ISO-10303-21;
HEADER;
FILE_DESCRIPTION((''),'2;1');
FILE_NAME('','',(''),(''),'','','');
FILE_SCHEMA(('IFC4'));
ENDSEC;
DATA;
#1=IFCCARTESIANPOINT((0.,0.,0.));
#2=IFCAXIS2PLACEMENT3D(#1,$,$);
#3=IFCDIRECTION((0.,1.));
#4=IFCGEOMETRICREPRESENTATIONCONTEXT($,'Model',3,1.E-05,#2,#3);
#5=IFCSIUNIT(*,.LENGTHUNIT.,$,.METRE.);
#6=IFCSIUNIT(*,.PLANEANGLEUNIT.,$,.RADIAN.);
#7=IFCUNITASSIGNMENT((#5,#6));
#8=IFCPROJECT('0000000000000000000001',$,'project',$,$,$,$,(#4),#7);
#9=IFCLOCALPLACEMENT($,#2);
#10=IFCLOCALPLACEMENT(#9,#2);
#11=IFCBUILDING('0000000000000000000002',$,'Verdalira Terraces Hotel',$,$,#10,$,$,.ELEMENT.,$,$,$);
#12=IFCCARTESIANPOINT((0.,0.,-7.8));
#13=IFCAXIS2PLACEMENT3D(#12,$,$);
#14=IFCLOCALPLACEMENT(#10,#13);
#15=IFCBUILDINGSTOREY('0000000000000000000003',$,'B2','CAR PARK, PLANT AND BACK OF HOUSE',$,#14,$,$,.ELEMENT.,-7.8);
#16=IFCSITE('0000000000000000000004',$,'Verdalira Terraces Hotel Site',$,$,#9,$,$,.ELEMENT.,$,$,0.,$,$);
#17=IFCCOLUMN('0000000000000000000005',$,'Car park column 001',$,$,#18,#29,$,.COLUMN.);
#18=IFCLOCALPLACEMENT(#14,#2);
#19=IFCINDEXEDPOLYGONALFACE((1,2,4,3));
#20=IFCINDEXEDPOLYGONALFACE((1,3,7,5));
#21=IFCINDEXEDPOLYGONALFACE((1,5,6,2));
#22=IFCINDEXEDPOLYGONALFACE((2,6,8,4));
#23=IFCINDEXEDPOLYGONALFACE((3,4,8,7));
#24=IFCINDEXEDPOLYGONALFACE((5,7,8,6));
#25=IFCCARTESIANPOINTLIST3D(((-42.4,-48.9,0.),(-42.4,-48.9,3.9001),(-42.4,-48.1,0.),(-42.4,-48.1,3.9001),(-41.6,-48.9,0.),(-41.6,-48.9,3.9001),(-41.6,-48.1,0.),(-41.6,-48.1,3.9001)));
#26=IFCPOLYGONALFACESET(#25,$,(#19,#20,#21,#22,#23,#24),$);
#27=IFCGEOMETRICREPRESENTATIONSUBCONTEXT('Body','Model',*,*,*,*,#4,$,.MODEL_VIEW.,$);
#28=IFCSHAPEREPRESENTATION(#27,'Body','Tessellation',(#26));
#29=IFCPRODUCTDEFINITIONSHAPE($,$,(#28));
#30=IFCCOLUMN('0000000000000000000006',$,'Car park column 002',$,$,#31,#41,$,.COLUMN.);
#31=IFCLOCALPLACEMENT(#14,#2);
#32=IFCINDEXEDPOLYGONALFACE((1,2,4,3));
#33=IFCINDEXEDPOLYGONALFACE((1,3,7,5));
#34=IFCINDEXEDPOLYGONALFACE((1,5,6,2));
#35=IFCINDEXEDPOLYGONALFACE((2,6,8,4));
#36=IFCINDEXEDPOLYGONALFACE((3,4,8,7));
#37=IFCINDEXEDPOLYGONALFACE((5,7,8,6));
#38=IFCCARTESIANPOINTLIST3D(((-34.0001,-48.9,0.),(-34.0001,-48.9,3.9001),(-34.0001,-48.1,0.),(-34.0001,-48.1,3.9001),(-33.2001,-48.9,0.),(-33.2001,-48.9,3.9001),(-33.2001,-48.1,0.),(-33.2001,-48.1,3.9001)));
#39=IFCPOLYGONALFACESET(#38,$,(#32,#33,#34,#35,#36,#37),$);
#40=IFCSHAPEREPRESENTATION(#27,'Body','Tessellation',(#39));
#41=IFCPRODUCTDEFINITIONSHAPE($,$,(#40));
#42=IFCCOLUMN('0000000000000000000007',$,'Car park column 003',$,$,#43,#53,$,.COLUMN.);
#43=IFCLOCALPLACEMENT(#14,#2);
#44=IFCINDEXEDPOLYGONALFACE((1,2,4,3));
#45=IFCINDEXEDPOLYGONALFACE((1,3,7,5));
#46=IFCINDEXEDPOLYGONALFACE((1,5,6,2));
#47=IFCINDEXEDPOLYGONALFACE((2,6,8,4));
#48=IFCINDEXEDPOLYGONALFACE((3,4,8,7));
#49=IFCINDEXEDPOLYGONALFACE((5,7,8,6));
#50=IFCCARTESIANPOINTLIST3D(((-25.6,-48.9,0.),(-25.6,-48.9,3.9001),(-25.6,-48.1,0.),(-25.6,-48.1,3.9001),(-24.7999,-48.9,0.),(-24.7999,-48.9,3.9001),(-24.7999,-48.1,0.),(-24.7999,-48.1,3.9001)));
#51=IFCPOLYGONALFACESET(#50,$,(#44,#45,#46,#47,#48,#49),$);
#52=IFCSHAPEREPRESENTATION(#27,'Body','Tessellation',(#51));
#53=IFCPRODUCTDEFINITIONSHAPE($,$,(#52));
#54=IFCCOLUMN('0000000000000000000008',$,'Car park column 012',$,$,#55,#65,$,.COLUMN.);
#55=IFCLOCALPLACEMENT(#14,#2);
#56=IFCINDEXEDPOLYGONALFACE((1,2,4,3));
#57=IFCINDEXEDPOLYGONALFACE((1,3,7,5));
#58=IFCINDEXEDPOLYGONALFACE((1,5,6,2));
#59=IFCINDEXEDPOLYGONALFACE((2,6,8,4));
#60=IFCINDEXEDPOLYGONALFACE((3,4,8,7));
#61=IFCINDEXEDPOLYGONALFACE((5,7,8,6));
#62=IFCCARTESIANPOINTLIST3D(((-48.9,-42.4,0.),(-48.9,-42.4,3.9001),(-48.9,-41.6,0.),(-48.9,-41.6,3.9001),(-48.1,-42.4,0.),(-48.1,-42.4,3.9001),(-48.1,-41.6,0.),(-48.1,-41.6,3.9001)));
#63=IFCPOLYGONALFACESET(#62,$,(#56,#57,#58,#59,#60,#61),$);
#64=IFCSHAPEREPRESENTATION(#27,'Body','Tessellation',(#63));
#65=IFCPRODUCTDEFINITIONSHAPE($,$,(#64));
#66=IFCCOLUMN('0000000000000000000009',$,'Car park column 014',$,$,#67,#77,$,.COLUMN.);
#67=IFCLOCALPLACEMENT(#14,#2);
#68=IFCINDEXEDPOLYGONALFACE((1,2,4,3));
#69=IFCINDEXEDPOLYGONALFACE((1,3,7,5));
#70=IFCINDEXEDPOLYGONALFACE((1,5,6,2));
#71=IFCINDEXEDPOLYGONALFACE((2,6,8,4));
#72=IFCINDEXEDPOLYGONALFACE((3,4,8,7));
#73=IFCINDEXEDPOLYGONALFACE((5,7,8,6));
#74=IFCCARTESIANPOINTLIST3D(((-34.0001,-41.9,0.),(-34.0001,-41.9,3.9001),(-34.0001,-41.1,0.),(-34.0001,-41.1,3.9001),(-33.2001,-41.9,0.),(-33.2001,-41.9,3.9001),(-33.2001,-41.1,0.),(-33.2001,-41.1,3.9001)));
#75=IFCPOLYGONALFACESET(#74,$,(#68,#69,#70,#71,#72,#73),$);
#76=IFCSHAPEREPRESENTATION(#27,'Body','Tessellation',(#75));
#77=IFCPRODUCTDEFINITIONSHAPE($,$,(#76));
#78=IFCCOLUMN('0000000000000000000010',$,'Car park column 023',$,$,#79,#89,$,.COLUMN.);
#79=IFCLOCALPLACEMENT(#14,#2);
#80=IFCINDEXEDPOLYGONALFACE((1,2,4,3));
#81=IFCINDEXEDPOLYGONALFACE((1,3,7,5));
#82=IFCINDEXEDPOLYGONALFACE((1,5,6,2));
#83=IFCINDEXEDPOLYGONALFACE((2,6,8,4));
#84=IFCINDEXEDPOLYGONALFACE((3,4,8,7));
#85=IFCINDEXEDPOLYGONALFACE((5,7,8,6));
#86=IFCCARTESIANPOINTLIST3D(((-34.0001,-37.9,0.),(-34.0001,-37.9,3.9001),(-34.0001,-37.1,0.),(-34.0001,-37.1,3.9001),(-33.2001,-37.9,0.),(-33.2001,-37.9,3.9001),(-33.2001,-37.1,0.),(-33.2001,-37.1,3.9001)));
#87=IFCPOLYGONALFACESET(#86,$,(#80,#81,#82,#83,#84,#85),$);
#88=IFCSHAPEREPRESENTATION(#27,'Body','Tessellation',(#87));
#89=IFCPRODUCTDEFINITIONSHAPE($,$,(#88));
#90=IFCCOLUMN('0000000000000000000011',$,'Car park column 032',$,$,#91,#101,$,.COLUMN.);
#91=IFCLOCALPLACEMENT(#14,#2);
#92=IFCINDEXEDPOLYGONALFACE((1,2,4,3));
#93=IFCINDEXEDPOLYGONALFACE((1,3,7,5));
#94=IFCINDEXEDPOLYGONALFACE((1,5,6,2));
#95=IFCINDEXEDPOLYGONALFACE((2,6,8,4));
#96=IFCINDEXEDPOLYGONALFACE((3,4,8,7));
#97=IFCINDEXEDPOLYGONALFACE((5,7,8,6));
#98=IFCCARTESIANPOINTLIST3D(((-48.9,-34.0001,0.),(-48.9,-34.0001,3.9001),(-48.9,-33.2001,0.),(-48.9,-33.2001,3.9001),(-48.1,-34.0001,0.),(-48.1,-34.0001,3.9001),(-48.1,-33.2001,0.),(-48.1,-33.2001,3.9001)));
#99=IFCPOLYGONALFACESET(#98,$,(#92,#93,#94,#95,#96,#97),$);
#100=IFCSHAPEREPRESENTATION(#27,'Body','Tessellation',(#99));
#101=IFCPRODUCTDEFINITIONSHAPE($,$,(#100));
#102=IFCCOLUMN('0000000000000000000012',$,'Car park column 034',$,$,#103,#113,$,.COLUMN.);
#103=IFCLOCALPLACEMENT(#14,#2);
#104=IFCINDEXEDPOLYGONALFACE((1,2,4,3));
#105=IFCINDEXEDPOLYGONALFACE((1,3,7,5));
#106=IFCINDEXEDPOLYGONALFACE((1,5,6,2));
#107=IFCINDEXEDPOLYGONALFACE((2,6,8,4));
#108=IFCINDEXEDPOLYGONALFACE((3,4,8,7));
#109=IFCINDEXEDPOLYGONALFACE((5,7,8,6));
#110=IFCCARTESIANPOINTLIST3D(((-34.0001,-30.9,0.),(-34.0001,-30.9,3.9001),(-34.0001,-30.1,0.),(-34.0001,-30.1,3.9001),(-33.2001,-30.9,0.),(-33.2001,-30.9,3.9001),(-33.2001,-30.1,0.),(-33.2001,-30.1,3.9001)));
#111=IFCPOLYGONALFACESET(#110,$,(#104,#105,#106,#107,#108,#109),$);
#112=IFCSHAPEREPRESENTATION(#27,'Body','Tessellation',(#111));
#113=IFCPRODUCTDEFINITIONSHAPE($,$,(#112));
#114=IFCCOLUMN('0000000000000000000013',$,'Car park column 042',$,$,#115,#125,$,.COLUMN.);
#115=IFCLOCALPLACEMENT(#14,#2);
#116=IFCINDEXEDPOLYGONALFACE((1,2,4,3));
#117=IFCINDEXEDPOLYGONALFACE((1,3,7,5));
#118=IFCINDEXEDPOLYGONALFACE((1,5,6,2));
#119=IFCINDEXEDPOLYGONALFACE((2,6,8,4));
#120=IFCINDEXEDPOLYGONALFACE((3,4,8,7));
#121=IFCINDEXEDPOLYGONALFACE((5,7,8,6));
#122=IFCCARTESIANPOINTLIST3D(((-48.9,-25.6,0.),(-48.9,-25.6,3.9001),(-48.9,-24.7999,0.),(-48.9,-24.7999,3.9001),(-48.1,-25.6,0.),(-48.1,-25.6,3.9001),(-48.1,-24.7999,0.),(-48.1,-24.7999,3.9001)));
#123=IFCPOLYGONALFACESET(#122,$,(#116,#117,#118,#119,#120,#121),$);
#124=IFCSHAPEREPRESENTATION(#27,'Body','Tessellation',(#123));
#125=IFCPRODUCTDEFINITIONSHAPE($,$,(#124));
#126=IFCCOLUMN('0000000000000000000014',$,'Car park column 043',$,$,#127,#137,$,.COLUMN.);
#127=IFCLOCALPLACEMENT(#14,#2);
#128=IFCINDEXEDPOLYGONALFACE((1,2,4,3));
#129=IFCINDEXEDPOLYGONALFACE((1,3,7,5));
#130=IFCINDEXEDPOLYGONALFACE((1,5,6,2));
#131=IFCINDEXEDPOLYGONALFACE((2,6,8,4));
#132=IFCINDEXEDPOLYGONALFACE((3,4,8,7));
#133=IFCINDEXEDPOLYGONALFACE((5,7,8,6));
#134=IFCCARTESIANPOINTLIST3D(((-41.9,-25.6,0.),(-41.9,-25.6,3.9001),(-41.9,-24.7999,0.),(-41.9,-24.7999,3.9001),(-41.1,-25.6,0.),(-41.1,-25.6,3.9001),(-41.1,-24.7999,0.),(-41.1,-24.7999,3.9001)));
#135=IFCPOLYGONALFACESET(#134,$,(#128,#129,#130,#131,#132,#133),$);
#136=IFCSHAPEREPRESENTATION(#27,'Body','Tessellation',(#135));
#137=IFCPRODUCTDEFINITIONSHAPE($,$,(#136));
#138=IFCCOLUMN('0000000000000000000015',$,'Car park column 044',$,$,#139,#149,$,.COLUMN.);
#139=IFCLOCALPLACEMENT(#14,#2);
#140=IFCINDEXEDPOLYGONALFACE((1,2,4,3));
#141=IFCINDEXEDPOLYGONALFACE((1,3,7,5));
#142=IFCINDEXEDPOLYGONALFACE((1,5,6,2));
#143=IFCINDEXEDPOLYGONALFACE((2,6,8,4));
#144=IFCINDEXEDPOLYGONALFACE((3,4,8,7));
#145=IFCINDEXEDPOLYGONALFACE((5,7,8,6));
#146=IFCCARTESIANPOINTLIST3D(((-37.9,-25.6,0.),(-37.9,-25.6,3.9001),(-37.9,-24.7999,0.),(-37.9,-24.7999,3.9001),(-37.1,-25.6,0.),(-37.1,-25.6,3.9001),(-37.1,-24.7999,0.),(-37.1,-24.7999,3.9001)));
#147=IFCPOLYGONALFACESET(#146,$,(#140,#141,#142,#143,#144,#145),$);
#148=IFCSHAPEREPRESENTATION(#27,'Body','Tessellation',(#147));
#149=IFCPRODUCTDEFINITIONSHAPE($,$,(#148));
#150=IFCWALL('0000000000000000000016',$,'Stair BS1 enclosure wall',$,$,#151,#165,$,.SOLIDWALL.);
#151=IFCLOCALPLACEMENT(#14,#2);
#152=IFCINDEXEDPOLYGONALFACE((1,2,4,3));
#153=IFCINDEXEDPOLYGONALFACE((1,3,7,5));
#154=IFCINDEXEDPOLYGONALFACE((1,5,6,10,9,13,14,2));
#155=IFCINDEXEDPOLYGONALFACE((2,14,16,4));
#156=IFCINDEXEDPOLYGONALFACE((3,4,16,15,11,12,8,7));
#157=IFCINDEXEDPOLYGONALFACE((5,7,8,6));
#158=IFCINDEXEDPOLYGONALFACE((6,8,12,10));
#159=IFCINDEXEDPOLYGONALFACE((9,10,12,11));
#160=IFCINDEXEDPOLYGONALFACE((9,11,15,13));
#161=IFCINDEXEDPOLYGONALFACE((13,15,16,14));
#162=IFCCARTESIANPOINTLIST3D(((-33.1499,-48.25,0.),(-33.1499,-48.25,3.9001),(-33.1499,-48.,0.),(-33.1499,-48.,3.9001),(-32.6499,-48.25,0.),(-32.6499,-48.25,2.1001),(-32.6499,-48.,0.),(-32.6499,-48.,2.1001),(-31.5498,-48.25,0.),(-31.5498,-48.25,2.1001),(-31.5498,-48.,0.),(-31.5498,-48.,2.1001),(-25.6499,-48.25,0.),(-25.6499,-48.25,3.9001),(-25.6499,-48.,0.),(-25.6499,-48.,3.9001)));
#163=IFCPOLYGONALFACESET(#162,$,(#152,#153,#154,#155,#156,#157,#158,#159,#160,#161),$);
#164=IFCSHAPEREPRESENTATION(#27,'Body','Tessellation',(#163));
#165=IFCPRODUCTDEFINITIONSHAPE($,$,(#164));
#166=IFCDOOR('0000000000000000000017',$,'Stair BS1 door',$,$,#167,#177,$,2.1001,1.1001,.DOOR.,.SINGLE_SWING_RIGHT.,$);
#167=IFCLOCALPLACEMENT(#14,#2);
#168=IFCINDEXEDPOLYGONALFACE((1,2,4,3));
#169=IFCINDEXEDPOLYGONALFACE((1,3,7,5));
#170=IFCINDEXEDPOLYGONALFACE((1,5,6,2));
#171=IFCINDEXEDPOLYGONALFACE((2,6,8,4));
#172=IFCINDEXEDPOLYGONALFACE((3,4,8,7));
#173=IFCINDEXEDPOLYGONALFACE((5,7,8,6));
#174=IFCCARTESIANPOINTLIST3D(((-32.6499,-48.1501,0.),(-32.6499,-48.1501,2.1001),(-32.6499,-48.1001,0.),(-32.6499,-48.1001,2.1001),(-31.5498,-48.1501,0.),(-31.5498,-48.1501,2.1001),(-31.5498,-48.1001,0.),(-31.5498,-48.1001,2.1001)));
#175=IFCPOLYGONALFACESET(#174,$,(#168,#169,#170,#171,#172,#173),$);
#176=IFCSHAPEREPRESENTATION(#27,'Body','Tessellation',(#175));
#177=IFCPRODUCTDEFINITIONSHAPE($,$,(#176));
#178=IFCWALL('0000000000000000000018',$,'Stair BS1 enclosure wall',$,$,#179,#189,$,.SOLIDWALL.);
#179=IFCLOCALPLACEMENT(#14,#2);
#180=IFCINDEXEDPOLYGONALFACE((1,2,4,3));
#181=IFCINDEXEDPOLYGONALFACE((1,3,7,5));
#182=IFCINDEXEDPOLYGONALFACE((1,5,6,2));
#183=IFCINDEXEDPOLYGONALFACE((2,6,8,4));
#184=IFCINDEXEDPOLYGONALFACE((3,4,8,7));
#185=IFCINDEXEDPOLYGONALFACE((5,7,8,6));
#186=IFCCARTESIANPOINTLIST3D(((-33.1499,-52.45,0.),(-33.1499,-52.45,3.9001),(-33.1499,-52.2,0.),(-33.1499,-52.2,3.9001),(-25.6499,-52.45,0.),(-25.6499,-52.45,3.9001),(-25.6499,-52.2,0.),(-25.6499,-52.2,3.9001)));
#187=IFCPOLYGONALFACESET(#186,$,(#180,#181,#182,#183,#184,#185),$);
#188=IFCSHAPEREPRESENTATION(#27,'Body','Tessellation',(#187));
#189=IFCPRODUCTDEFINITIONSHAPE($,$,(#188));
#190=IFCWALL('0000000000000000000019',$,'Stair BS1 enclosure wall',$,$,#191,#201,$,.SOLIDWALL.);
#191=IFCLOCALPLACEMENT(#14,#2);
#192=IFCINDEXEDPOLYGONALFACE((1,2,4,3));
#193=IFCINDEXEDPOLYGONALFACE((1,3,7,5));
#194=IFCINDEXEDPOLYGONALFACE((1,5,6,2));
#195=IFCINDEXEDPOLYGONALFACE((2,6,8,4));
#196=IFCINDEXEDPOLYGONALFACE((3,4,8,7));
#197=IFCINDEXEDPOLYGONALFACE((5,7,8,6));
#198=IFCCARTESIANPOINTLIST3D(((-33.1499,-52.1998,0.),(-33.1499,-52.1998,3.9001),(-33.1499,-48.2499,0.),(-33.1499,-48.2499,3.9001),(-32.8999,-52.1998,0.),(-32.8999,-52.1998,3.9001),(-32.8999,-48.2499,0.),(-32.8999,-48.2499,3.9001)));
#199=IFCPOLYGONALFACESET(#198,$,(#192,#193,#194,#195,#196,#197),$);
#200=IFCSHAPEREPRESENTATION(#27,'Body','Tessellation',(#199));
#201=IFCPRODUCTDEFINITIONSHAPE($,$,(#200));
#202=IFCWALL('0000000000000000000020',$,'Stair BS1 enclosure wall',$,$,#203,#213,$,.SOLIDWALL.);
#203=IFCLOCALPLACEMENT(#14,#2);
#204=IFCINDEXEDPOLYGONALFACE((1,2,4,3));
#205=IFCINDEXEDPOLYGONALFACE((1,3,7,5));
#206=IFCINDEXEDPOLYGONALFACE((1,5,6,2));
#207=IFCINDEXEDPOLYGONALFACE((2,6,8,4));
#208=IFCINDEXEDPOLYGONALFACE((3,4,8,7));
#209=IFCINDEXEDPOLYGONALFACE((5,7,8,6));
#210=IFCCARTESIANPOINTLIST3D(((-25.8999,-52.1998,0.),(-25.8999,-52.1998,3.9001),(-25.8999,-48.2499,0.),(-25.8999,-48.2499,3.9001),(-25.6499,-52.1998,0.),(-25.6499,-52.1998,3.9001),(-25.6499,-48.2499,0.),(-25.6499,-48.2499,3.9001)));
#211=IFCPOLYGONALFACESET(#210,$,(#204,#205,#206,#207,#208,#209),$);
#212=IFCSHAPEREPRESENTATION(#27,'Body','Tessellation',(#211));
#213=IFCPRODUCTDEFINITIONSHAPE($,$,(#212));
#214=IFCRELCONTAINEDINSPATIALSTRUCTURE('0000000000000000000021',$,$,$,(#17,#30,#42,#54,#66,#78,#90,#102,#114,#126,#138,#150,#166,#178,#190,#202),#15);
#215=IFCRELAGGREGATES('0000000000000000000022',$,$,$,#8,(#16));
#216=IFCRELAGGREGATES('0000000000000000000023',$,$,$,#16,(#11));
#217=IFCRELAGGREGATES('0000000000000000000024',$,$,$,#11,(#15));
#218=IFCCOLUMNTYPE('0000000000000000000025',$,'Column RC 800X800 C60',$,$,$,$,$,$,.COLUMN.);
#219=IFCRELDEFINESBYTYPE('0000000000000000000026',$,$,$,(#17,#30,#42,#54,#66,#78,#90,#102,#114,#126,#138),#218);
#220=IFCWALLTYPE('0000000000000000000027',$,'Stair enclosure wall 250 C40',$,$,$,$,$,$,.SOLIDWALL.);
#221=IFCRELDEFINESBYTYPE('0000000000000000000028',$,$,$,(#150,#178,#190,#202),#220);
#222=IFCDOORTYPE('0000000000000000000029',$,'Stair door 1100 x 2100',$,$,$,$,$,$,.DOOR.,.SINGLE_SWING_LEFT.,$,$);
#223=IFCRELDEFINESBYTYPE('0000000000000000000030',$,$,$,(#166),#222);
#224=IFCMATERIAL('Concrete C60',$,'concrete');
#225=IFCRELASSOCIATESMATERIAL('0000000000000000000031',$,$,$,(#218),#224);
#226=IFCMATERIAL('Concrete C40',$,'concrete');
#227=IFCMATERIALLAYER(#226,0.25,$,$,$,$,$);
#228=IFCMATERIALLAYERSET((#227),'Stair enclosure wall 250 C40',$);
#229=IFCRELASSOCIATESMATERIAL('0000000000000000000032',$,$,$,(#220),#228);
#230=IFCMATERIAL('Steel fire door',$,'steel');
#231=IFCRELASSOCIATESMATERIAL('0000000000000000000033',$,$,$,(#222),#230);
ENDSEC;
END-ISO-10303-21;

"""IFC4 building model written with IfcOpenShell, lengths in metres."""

from ifc_helpers import new_model, si_unit, direction, frame, frame_2d, origin, origin_2d, place, context, subcontext, project, spatial, rectangle, extrude, material, layer, layer_set, material_profile, profile_set, type_object, element, fill, save


model = new_model("IFC4")

# Units and contexts
model_context = context("Model", 3, precision=1e-05, world=origin(), true_north=direction((0.0, 1.0)))
body_context = subcontext(model_context, "Body", "Model", "MODEL_VIEW")
ifc_project = project(units=[si_unit("LENGTHUNIT", "METRE"), si_unit("PLANEANGLEUNIT", "RADIAN")], contexts=[model_context])

# Site, building, storey
site_placement = place(None, origin())
site = spatial("IfcSite", under=ifc_project, at=site_placement, Name="Verdalira Terraces Hotel Site", CompositionType="ELEMENT", RefElevation=0.0)
building_placement = place(site_placement, origin())
building = spatial("IfcBuilding", under=site, at=building_placement, Name="Verdalira Terraces Hotel", CompositionType="ELEMENT")
storey_placement = place(building_placement, frame((0.0, 0.0, -7.8)))
storey = spatial("IfcBuildingStorey", under=building, at=storey_placement, Name="B2", Description="CAR PARK, PLANT AND BACK OF HOUSE", CompositionType="ELEMENT", Elevation=-7.8)

# Columns
ifc_material_1 = material(Name="Concrete C60", Category="concrete")
ifc_material_profile = material_profile(ifc_material_1, rectangle(XDim=0.8, YDim=0.8, at=origin_2d()), Name="RC 800X800")
ifc_profile_set = profile_set([ifc_material_profile], Name="Concrete C60")
column_type = type_object("IfcColumnType", Name="Column RC 800X800 C60", PredefinedType="COLUMN", material=ifc_profile_set)
for number, where, z_axis, x_axis, name in (
    (1, (-42.0, -48.5, 0.0), (0.0, 0.0, 1.0), (1.0, 0.0, 0.0), "Car park column 001"),
    (2, (-33.6001, -48.5, 0.0), (0.0, 0.0, 1.0), (1.0, 0.0, 0.0), "Car park column 002"),
    (3, (-25.2, -48.5, 0.0), (0.0, 0.0, 1.0), (1.0, 0.0, 0.0), "Car park column 003"),
    (4, (-48.5, -42.0, 0.0), (0.0, 0.0, 1.0), (1.0, 0.0, 0.0), "Car park column 012"),
    (5, (-33.6001, -41.5, 0.0), (0.0, 0.0, 1.0), (1.0, 0.0, 0.0), "Car park column 014"),
    (6, (-33.6001, -37.5, 0.0), (0.0, 0.0, 1.0), (1.0, 0.0, 0.0), "Car park column 023"),
    (7, (-48.5, -33.6001, 0.0), (0.0, 0.0, 1.0), (1.0, 0.0, 0.0), "Car park column 032"),
    (8, (-33.6001, -30.5, 0.0), (0.0, 0.0, 1.0), (1.0, 0.0, 0.0), "Car park column 034"),
    (9, (-48.5, -25.2, 0.0), (0.0, 0.0, 1.0), (1.0, 0.0, 0.0), "Car park column 042"),
    (10, (-41.5, -25.2, 0.0), (0.0, 0.0, 1.0), (1.0, 0.0, 0.0), "Car park column 043"),
    (11, (-37.5, -25.2, 0.0), (0.0, 0.0, 1.0), (1.0, 0.0, 0.0), "Car park column 044"),
):
    element("IfcColumn", number, at=place(storey_placement, frame(where, z_axis=z_axis, x_axis=x_axis)), inside=storey, type_object=column_type, Name=name, PredefinedType="COLUMN", context=body_context, shape_type="SweptSolid", body=[
        extrude(rectangle(XDim=0.8, YDim=0.8, at=origin_2d()), origin(), (0.0, 0.0, 1.0), 3.9001),
    ])

# Wall, opening, door
ifc_material_2 = material(Name="Concrete C40", Category="concrete")
ifc_layer = layer(ifc_material_2, 0.25)
ifc_layer_set = layer_set([ifc_layer], Name="Stair enclosure wall 250 C40")
wall_type = type_object("IfcWallType", Name="Stair enclosure wall 250 C40", PredefinedType="SOLIDWALL", material=ifc_layer_set)
wall_1_placement = place(storey_placement, frame((-33.1499, -48.125, 0.0), z_axis=(0.0, 0.0, 1.0), x_axis=(1.0, 0.0, 0.0)))
wall_1 = element("IfcWall", 12, at=wall_1_placement, inside=storey, type_object=wall_type, Name="Stair BS1 enclosure wall", PredefinedType="SOLIDWALL", context=body_context, shape_type="SweptSolid", body=[
    extrude(rectangle(XDim=7.5, YDim=0.25, at=frame_2d((3.75, 0.0))), origin(), (0.0, 0.0, 1.0), 3.9001),
])
opening_placement = place(wall_1_placement, frame((0.5, 0.0, 0.0)))
opening = element("IfcOpeningElement", 13, at=opening_placement, cuts=wall_1, PredefinedType="OPENING", context=body_context, shape_type="SweptSolid", body=[
    extrude(rectangle(XDim=1.1001, YDim=2.1001, at=frame_2d((0.55, 1.05))), frame((0.0, 0.135, 0.0), z_axis=(0.0, -1.0, 0.0), x_axis=(1.0, 0.0, 0.0)), (0.0, 0.0, 1.0), 0.27),
])
ifc_material_3 = material(Name="Steel fire door", Category="steel")
door_type = type_object("IfcDoorType", Name="Stair door 1100 x 2100", OperationType="SINGLE_SWING_LEFT", PredefinedType="DOOR", material=ifc_material_3)
door_placement = place(opening_placement, origin())
door = element("IfcDoor", 14, at=door_placement, inside=storey, type_object=door_type, Name="Stair BS1 door", OperationType="SINGLE_SWING_RIGHT", OverallHeight=2.1001, OverallWidth=1.1001, PredefinedType="DOOR", context=body_context, shape_type="SweptSolid", body=[
    extrude(rectangle(XDim=1.1001, YDim=2.1001, at=frame_2d((0.55, 1.05))), frame((0.0, 0.0249, 0.0), z_axis=(0.0, -1.0, 0.0), x_axis=(1.0, 0.0, 0.0)), (0.0, 0.0, 1.0), 0.05),
])
fill(opening, door)

# Walls
wall_2_placement = place(storey_placement, frame((-33.1499, -52.325, 0.0), z_axis=(0.0, 0.0, 1.0), x_axis=(1.0, 0.0, 0.0)))
element("IfcWall", 15, at=wall_2_placement, inside=storey, type_object=wall_type, Name="Stair BS1 enclosure wall", PredefinedType="SOLIDWALL", context=body_context, shape_type="SweptSolid", body=[
    extrude(rectangle(XDim=7.5, YDim=0.25, at=frame_2d((3.75, 0.0))), origin(), (0.0, 0.0, 1.0), 3.9001),
])
for number, where, z_axis, x_axis, name in (
    (16, (-33.0249, -52.2, 0.0), (0.0, 0.0, 1.0), (0.0, 1.0, 0.0), "Stair BS1 enclosure wall"),
    (17, (-25.7749, -52.2, 0.0), (0.0, 0.0, 1.0), (0.0, 1.0, 0.0), "Stair BS1 enclosure wall"),
):
    element("IfcWall", number, at=place(storey_placement, frame(where, z_axis=z_axis, x_axis=x_axis)), inside=storey, type_object=wall_type, Name=name, PredefinedType="SOLIDWALL", context=body_context, shape_type="SweptSolid", body=[
        extrude(rectangle(XDim=3.95, YDim=0.25, at=frame_2d((1.9751, 0.0))), origin(), (0.0, 0.0, 1.0), 3.9001),
    ])

save(model, "model.ifc")
